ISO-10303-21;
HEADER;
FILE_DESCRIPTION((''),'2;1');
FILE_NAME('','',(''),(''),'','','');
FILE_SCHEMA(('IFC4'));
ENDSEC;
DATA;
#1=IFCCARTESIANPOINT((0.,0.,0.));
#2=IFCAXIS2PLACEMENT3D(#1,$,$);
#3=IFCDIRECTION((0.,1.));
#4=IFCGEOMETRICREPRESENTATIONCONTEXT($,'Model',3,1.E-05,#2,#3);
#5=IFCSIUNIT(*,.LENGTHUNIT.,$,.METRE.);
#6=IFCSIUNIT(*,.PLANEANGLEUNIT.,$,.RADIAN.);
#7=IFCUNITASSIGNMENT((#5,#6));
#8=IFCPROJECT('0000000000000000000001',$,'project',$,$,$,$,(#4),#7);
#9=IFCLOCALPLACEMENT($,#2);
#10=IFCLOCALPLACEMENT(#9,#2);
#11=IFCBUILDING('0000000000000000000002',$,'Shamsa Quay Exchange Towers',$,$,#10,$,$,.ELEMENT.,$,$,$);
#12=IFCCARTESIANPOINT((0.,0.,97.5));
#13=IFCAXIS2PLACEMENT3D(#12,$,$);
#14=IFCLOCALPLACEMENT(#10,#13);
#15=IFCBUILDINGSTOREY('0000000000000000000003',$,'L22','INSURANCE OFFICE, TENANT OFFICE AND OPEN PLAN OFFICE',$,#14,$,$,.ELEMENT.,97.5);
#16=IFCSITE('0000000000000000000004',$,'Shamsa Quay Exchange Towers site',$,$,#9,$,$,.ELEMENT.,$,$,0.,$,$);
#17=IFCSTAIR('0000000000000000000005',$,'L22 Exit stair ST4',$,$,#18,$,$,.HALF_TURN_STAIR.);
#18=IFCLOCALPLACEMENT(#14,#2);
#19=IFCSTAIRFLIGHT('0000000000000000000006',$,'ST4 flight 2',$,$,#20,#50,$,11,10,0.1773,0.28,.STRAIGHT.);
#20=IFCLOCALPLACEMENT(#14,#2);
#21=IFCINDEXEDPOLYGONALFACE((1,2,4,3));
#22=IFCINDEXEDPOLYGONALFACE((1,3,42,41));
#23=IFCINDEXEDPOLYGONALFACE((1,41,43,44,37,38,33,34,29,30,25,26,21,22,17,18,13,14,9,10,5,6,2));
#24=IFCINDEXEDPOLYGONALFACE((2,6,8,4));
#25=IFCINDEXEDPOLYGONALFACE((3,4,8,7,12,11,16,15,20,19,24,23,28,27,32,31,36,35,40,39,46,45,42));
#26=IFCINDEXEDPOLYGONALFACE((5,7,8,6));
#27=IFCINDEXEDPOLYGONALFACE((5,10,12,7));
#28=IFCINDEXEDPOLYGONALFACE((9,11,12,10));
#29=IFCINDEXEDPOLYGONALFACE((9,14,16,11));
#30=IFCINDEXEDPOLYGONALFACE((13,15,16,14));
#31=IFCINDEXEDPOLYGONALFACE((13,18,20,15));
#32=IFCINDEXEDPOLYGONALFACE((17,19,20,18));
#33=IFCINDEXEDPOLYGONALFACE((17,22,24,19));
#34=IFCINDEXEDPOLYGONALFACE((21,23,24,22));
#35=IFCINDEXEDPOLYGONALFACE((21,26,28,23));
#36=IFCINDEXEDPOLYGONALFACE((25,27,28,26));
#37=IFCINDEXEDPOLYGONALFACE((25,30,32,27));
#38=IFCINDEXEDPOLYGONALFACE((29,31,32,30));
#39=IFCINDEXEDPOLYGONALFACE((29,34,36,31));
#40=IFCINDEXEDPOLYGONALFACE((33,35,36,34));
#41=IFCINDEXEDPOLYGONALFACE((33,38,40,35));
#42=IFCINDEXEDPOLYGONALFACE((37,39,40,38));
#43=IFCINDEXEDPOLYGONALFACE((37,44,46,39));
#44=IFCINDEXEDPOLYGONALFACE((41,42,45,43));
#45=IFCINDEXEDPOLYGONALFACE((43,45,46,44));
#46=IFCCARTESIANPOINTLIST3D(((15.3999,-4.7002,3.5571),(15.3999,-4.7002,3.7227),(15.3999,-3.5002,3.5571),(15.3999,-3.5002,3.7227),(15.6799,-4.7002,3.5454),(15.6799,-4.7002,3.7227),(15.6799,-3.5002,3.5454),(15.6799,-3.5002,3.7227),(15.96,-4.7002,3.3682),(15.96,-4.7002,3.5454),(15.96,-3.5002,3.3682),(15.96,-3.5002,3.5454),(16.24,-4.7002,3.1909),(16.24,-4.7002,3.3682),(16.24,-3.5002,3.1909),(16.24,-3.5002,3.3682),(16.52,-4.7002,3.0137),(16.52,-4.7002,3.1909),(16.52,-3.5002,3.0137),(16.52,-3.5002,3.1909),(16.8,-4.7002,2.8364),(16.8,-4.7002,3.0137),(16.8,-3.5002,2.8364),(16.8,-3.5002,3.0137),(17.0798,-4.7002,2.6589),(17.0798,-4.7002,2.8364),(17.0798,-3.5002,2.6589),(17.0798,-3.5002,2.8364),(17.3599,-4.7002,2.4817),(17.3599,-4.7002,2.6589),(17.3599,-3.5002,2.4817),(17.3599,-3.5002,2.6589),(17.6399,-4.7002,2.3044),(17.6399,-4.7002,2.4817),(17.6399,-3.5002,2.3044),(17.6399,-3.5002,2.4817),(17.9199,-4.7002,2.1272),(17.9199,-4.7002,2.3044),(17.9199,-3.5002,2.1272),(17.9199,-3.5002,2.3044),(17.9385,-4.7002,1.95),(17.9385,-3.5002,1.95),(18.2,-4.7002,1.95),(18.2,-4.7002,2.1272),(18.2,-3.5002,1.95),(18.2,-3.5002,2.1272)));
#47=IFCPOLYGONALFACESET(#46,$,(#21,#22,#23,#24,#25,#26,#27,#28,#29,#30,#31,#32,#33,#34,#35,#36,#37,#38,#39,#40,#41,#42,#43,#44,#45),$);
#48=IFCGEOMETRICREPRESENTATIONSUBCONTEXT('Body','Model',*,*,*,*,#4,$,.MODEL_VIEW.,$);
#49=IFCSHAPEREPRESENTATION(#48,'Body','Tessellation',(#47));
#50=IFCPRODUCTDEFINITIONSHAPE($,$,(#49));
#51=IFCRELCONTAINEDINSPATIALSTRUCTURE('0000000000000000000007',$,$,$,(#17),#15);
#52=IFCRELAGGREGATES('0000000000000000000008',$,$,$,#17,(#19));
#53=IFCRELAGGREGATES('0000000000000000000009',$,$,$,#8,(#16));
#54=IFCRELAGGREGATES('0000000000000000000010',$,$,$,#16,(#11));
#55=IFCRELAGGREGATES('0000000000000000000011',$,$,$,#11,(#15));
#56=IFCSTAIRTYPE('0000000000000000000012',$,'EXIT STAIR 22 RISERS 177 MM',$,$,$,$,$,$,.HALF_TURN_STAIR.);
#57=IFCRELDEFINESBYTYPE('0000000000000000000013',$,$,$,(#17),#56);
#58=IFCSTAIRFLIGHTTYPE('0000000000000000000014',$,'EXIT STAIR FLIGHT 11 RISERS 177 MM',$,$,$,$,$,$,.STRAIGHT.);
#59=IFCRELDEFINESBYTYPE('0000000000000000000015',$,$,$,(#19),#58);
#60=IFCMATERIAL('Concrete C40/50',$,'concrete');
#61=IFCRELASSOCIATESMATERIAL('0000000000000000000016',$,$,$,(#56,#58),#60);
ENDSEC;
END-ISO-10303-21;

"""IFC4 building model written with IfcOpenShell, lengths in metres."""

from ifc_helpers import new_model, si_unit, direction, frame, origin, place, context, subcontext, project, spatial, polyline, outline, extrude, material, type_object, element, aggregate, save


model = new_model("IFC4")

# Units and contexts
model_context = context("Model", 3, precision=1e-05, world=origin(), true_north=direction((0.0, 1.0)))
body_context = subcontext(model_context, "Body", "Model", "MODEL_VIEW")
ifc_project = project(units=[si_unit("LENGTHUNIT", "METRE"), si_unit("PLANEANGLEUNIT", "RADIAN")], contexts=[model_context])

# Site, building, storey
site_placement = place(None, origin())
site = spatial("IfcSite", under=ifc_project, at=site_placement, Name="Shamsa Quay Exchange Towers site", CompositionType="ELEMENT", RefElevation=0.0)
building_placement = place(site_placement, origin())
building = spatial("IfcBuilding", under=site, at=building_placement, Name="Shamsa Quay Exchange Towers", CompositionType="ELEMENT")
storey_placement = place(building_placement, frame((0.0, 0.0, 97.5)))
storey = spatial("IfcBuildingStorey", under=building, at=storey_placement, Name="L22", Description="INSURANCE OFFICE, TENANT OFFICE AND OPEN PLAN OFFICE", CompositionType="ELEMENT", Elevation=97.5)

# Stair, stair flight
ifc_material_1 = material(Name="Concrete C40/50", Category="concrete")
stair_type = type_object("IfcStairType", Name="EXIT STAIR 22 RISERS 177 MM", PredefinedType="HALF_TURN_STAIR", material=ifc_material_1)
stair_placement = place(storey_placement, origin())
stair = element("IfcStair", 1, at=stair_placement, inside=storey, type_object=stair_type, Name="L22 Exit stair ST4", PredefinedType="HALF_TURN_STAIR")
stair_flight_type = type_object("IfcStairFlightType", Name="EXIT STAIR FLIGHT 11 RISERS 177 MM", PredefinedType="STRAIGHT", material=ifc_material_1)
stair_flight_1_placement = place(storey_placement, frame((18.2, -4.1001, 1.95), z_axis=(0.0, 0.0, 1.0), x_axis=(-1.0, 0.0, 0.0)))
stair_flight_1 = element("IfcStairFlight", 2, at=stair_flight_1_placement, type_object=stair_flight_type, Name="ST4 flight 2", NumberOfRisers=11, NumberOfTreads=10, PredefinedType="STRAIGHT", RiserHeight=0.1773, TreadLength=0.28, context=body_context, shape_type="SweptSolid", body=[
    extrude(outline(polyline([(0.0, 0.0), (0.0, 0.1772), (0.28, 0.1772), (0.28, 0.3545), (0.5601, 0.3545), (0.5601, 0.5317), (0.8401, 0.5317), (0.8401, 0.709), (1.1201, 0.709), (1.1201, 0.8865), (1.3999, 0.8865), (1.3999, 1.0637), (1.6799, 1.0637), (1.6799, 1.241), (1.96, 1.241), (1.96, 1.4182), (2.24, 1.4182), (2.24, 1.5955), (2.52, 1.5955), (2.52, 1.7727), (2.8, 1.7727), (2.8, 1.95), (2.8, 1.6072), (0.2615, 0.0), (0.0, 0.0)])), frame((0.0, 0.6001, 0.0), z_axis=(0.0, -1.0, 0.0), x_axis=(1.0, 0.0, 0.0)), (0.0, 0.0, 1.0), 1.2),
])
aggregate(stair, [stair_flight_1])

save(model, "model.ifc")
